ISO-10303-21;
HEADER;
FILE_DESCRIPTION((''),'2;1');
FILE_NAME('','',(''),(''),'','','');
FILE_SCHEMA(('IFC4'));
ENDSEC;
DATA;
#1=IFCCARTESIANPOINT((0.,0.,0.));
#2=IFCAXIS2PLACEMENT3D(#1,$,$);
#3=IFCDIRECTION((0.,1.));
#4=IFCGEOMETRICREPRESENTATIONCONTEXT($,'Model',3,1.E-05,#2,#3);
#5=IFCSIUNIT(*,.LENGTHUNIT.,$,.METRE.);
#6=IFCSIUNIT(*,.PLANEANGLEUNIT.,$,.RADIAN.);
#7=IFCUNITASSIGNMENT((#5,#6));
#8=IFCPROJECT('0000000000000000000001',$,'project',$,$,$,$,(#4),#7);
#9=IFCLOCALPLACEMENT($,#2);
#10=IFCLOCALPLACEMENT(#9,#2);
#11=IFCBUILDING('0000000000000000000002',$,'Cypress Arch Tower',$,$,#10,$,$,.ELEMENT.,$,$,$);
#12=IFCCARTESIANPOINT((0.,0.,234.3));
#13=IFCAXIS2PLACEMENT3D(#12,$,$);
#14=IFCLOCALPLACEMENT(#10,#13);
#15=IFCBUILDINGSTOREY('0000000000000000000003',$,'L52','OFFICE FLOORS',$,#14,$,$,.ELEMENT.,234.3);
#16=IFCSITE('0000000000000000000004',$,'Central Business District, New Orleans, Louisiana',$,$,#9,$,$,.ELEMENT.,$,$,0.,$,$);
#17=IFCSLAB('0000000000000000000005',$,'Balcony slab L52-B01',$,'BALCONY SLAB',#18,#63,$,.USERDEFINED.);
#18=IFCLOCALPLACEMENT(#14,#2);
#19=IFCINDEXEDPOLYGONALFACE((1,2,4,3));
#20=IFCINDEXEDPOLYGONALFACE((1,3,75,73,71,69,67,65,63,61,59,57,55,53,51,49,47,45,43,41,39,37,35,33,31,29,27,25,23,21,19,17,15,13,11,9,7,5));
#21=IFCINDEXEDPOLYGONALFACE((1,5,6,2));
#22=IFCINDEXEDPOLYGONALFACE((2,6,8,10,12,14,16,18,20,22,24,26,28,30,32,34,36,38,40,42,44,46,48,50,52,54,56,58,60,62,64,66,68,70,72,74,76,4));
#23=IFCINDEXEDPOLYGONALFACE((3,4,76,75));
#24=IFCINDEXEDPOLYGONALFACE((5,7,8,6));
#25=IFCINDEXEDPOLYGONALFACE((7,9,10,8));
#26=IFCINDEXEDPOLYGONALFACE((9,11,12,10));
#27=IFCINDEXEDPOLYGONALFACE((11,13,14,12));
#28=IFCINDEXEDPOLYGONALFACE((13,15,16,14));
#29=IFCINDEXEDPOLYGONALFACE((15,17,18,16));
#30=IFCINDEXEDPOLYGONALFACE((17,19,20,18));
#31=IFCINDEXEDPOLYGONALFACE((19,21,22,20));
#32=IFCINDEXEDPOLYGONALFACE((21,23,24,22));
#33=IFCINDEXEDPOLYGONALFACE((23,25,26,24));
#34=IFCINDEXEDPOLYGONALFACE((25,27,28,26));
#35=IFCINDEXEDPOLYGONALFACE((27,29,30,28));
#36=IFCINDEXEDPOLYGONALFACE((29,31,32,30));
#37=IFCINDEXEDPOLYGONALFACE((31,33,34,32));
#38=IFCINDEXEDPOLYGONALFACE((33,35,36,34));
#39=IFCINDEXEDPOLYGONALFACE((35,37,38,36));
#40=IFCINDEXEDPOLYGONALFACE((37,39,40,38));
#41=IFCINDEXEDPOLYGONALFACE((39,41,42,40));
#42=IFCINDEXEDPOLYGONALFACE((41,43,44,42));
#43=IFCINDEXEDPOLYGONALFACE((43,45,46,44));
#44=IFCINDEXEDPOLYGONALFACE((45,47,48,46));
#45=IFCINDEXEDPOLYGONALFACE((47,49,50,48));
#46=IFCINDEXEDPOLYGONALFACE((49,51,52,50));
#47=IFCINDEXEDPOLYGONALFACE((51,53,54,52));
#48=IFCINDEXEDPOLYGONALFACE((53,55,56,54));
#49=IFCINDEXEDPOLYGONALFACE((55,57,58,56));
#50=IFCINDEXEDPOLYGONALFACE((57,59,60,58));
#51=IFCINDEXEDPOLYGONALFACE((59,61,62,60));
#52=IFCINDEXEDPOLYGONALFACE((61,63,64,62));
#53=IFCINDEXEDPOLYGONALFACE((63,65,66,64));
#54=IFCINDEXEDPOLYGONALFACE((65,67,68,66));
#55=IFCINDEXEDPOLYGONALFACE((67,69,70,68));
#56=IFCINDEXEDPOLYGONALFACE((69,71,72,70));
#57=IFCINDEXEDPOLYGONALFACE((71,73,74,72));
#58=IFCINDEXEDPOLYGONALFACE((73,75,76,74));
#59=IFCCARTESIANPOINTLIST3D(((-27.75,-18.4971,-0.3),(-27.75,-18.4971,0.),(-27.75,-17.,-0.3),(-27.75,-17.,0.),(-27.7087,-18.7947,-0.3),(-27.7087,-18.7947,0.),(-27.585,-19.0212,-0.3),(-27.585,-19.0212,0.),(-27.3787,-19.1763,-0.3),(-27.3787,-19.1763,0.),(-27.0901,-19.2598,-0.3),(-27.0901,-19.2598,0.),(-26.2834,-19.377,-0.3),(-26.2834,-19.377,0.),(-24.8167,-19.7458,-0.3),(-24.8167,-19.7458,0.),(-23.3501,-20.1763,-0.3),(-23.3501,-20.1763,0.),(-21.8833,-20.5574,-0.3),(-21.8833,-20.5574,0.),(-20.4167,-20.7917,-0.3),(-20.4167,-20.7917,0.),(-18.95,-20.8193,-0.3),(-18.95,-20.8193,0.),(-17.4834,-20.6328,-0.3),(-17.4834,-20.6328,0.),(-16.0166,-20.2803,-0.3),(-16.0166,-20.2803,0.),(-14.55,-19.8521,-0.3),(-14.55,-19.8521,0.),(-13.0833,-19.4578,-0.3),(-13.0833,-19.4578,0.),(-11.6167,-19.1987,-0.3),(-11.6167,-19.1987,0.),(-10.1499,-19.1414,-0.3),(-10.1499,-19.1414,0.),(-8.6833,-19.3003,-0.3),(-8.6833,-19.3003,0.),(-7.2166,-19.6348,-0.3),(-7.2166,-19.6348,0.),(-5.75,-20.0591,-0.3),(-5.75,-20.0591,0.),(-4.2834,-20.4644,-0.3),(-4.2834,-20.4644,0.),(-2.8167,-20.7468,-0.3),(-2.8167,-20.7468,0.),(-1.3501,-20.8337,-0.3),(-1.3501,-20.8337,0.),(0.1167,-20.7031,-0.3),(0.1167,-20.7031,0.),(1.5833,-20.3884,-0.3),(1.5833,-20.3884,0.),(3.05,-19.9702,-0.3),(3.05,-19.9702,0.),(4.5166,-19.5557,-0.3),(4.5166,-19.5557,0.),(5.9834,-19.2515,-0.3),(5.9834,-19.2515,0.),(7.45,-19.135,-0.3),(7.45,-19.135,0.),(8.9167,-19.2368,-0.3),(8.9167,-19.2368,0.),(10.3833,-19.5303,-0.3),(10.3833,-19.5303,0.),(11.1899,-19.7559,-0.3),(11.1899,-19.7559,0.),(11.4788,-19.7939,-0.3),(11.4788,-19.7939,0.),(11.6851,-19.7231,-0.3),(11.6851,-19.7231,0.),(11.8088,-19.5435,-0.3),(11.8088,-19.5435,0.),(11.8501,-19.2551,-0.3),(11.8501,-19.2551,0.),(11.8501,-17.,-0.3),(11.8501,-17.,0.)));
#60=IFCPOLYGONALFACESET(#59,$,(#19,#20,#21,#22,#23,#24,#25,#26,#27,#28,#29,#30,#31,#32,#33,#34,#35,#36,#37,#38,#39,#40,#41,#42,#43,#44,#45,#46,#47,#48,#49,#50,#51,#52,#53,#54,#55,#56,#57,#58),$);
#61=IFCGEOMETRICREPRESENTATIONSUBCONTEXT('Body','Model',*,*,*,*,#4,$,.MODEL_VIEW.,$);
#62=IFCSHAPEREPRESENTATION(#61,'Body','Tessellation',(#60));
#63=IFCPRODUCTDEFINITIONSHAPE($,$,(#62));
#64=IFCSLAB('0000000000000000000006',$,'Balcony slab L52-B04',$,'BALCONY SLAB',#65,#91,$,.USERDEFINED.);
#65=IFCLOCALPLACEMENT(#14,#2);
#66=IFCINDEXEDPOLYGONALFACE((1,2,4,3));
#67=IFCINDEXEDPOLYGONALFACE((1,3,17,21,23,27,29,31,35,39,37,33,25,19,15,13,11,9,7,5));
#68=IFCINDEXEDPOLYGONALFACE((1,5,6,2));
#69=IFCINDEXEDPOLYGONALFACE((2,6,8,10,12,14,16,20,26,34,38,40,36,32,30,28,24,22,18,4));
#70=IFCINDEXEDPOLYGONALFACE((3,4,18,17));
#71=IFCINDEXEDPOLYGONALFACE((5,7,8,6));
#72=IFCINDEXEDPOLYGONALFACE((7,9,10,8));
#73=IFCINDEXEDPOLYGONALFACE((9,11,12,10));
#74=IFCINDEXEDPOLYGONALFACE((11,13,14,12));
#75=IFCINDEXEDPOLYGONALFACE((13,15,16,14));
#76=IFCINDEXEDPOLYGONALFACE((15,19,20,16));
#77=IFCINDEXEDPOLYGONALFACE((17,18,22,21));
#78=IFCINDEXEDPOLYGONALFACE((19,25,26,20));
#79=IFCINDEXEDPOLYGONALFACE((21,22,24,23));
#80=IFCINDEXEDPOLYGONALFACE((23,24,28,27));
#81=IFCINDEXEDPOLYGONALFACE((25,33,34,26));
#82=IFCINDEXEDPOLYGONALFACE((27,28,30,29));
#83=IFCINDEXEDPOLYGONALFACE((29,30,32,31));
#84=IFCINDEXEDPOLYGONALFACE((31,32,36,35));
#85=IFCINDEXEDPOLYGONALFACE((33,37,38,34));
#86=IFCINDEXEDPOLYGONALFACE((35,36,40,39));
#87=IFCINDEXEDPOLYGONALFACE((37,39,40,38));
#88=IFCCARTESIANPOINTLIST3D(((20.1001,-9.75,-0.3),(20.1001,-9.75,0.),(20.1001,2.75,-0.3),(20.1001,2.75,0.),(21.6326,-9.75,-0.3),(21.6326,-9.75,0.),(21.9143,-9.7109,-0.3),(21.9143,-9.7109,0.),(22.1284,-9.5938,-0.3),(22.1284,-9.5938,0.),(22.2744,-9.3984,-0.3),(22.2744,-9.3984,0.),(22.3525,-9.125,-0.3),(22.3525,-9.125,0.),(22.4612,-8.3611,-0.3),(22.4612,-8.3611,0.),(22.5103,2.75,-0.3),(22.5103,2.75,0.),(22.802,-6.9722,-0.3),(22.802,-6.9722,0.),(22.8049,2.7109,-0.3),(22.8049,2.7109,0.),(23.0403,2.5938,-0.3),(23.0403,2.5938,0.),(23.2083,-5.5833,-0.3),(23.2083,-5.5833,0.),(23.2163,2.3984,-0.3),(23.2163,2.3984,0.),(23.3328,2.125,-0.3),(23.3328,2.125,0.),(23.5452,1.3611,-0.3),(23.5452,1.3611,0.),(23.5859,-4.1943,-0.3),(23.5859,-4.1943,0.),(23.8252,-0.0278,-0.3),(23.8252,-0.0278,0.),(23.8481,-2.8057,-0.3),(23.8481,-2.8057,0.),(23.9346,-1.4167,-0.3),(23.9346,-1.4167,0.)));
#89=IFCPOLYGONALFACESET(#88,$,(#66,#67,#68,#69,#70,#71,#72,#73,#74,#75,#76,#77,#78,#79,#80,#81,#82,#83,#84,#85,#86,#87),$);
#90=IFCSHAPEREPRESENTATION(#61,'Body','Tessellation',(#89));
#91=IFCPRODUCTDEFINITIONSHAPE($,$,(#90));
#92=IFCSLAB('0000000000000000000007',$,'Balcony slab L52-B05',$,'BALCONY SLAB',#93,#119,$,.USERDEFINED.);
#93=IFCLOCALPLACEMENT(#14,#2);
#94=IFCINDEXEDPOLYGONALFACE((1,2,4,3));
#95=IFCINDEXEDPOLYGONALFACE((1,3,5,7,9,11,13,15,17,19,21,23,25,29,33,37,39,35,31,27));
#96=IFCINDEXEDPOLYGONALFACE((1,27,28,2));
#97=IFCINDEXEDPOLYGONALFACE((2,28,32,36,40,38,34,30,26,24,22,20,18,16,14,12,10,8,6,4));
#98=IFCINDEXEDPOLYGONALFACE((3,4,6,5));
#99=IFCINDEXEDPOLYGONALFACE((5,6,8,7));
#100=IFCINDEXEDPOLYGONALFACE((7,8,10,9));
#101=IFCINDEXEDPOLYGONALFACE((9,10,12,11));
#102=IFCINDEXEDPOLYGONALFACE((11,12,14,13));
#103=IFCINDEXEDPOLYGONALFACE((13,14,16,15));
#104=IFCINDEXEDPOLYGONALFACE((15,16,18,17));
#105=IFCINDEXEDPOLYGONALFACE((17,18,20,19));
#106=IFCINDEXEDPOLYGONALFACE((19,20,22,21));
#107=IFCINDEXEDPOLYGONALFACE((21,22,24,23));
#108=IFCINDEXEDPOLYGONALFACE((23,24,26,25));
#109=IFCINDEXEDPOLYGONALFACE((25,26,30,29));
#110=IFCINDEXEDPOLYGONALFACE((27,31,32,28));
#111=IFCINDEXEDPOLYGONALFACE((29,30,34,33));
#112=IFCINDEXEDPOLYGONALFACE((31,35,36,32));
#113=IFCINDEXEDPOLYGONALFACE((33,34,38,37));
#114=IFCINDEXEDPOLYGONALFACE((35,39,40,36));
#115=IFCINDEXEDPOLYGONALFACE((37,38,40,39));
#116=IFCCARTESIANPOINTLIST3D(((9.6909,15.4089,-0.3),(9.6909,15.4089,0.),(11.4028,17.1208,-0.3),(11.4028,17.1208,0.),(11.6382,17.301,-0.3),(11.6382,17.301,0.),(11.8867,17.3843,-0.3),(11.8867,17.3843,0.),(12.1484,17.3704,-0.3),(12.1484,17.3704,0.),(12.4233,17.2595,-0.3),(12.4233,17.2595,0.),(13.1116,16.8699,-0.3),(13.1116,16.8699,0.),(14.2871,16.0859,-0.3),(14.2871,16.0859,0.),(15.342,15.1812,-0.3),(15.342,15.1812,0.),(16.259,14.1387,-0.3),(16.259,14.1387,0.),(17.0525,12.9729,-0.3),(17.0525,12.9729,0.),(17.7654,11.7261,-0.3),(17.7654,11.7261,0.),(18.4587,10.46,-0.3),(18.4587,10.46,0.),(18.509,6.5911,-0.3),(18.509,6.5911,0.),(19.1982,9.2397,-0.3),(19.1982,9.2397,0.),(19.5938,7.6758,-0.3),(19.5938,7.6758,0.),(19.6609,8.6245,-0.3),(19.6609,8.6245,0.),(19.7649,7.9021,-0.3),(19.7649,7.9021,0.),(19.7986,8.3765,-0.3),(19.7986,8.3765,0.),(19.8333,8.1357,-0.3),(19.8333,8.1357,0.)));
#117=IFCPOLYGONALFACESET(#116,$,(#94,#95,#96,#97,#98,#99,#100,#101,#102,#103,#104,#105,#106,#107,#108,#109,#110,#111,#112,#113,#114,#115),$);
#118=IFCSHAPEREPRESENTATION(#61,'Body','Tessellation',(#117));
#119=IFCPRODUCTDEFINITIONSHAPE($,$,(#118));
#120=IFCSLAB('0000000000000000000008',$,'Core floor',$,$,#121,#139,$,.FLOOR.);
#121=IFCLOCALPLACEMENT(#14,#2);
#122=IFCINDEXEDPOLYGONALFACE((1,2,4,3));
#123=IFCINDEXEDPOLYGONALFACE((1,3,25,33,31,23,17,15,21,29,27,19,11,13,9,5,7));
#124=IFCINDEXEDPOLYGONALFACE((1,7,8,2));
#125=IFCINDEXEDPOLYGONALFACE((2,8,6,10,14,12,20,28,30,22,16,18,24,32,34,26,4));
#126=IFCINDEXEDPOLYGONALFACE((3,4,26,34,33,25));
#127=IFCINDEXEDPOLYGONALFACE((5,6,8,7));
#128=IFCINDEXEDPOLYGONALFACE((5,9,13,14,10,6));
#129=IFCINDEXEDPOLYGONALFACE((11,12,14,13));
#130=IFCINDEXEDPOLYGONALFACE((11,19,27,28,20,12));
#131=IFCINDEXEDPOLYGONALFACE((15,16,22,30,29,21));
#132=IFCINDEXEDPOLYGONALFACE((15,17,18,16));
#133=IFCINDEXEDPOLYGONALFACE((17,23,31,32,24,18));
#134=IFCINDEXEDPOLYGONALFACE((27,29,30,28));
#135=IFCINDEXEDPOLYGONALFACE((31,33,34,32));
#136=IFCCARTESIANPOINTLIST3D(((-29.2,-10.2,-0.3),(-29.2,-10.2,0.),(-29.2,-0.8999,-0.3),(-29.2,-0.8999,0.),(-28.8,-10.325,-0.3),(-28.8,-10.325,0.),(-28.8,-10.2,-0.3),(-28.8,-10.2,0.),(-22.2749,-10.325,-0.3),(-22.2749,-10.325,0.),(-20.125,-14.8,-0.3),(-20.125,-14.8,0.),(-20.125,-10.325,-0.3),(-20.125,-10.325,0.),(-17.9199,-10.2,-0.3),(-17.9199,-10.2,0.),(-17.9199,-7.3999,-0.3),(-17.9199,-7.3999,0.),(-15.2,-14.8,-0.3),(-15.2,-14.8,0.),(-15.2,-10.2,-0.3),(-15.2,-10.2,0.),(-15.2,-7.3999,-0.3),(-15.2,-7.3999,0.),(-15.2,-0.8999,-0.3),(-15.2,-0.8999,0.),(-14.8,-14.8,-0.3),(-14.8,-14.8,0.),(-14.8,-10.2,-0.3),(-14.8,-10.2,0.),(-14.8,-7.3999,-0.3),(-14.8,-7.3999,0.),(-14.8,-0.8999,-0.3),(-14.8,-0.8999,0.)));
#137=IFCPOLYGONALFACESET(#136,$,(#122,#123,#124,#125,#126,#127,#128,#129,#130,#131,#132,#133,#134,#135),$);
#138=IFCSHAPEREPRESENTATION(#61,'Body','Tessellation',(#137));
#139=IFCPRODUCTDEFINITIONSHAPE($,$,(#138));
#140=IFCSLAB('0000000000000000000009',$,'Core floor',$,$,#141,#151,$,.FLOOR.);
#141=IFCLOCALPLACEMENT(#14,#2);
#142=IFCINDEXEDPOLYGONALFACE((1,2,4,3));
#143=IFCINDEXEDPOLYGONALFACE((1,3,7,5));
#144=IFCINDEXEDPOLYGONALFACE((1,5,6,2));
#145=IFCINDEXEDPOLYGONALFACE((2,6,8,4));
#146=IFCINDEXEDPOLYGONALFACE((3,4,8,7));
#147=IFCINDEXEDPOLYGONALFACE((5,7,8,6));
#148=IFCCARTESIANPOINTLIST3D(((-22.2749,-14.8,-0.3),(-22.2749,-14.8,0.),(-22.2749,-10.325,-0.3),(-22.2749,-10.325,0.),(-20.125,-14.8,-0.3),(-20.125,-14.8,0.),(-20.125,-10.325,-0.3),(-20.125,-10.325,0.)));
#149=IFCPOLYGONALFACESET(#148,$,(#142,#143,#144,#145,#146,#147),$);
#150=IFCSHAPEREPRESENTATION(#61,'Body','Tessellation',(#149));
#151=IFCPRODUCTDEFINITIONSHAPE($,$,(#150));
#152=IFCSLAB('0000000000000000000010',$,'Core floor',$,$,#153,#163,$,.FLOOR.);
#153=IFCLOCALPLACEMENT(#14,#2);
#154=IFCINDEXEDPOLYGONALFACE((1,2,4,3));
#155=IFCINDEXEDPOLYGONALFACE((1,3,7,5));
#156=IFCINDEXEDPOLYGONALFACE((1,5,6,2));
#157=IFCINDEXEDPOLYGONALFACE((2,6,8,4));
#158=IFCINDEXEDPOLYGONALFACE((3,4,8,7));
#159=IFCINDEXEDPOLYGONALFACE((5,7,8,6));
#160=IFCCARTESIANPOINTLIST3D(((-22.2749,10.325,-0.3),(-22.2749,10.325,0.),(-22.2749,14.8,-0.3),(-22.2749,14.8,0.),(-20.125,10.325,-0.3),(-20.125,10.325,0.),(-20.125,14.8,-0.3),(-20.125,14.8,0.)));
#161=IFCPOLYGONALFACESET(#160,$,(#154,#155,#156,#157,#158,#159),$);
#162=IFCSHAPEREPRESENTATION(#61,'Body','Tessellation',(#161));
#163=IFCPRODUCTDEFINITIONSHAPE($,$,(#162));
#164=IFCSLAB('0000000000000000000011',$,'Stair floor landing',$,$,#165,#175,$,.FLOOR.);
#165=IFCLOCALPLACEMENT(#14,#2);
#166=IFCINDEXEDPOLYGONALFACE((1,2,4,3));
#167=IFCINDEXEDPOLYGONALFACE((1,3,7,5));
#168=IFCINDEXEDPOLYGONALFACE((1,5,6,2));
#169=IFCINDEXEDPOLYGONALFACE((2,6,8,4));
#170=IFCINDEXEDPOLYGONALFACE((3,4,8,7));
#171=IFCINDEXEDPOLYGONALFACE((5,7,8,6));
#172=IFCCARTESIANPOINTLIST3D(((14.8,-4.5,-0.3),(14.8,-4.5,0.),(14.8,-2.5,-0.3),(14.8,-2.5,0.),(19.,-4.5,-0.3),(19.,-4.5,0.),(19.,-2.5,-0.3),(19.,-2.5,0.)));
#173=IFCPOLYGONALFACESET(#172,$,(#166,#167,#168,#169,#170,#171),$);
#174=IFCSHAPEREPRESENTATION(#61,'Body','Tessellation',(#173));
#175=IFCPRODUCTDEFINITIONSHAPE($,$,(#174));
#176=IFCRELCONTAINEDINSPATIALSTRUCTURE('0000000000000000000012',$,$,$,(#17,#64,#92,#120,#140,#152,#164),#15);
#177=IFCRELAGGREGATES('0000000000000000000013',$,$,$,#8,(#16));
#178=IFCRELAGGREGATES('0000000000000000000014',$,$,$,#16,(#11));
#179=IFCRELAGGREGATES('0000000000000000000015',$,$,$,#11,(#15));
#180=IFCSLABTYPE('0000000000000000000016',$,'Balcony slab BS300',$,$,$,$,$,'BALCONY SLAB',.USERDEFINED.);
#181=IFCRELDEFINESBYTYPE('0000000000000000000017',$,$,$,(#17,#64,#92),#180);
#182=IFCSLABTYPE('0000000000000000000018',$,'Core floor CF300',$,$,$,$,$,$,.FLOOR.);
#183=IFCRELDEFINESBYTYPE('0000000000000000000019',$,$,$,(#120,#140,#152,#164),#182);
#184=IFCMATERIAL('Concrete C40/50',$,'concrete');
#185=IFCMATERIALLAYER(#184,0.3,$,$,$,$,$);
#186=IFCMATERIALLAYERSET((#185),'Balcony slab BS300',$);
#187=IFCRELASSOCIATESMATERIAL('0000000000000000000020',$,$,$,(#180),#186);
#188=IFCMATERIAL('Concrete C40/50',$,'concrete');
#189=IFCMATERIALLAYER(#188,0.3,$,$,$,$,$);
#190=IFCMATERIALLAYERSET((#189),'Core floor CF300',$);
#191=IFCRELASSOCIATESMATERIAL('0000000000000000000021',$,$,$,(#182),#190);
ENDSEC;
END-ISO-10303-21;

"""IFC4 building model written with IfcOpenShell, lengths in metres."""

from ifc_helpers import new_model, si_unit, direction, frame, origin, place, context, subcontext, project, spatial, polyline, outline, extrude, material, layer, layer_set, type_object, element, save


model = new_model("IFC4")

# Units and contexts
model_context = context("Model", 3, precision=1e-05, world=origin(), true_north=direction((0.0, 1.0)))
body_context = subcontext(model_context, "Body", "Model", "MODEL_VIEW")
ifc_project = project(units=[si_unit("LENGTHUNIT", "METRE"), si_unit("PLANEANGLEUNIT", "RADIAN")], contexts=[model_context])

# Site, building, storey
site_placement = place(None, origin())
site = spatial("IfcSite", under=ifc_project, at=site_placement, Name="Central Business District, New Orleans, Louisiana", CompositionType="ELEMENT", RefElevation=0.0)
building_placement = place(site_placement, origin())
building = spatial("IfcBuilding", under=site, at=building_placement, Name="Cypress Arch Tower", CompositionType="ELEMENT")
storey_placement = place(building_placement, frame((0.0, 0.0, 234.3)))
storey = spatial("IfcBuildingStorey", under=building, at=storey_placement, Name="L52", Description="OFFICE FLOORS", CompositionType="ELEMENT", Elevation=234.3)

# Slabs
ifc_material_1 = material(Name="Concrete C40/50", Category="concrete")
ifc_layer_1 = layer(ifc_material_1, 0.3)
ifc_layer_set_1 = layer_set([ifc_layer_1], Name="Balcony slab BS300")
slab_type_1 = type_object("IfcSlabType", Name="Balcony slab BS300", ElementType="BALCONY SLAB", PredefinedType="USERDEFINED", material=ifc_layer_set_1)
slab_1_placement = place(storey_placement, frame((0.0, 0.0, -0.3)))
element("IfcSlab", 1, at=slab_1_placement, inside=storey, type_object=slab_type_1, Name="Balcony slab L52-B01", ObjectType="BALCONY SLAB", PredefinedType="USERDEFINED", context=body_context, shape_type="SweptSolid", body=[
    extrude(outline(polyline([(-27.75, -17.0), (-27.75, -18.4971), (-27.7087, -18.7947), (-27.585, -19.0212), (-27.3787, -19.1763), (-27.0901, -19.2598), (-26.2834, -19.377), (-24.8167, -19.7458), (-23.3501, -20.1763), (-21.8833, -20.5574), (-20.4167, -20.7917), (-18.95, -20.8193), (-17.4834, -20.6328), (-16.0166, -20.2803), (-14.55, -19.8521), (-13.0833, -19.4578), (-11.6167, -19.1987), (-10.1499, -19.1414), (-8.6833, -19.3003), (-7.2166, -19.6348), (-5.75, -20.0591), (-4.2834, -20.4644), (-2.8167, -20.7468), (-1.3501, -20.8337), (0.1167, -20.7031), (1.5833, -20.3884), (3.05, -19.9702), (4.5166, -19.5557), (5.9834, -19.2515), (7.45, -19.135), (8.9167, -19.2368), (10.3833, -19.5303), (11.1899, -19.7559), (11.4788, -19.7939), (11.6851, -19.7231), (11.8088, -19.5435), (11.8501, -19.2551), (11.8501, -17.0), (-27.75, -17.0)])), origin(), (0.0, 0.0, 1.0), 0.3),
])
slab_2_placement = place(storey_placement, frame((0.0, 0.0, -0.3)))
element("IfcSlab", 2, at=slab_2_placement, inside=storey, type_object=slab_type_1, Name="Balcony slab L52-B04", ObjectType="BALCONY SLAB", PredefinedType="USERDEFINED", context=body_context, shape_type="SweptSolid", body=[
    extrude(outline(polyline([(20.1001, -9.75), (21.6326, -9.75), (21.9143, -9.7109), (22.1284, -9.5938), (22.2744, -9.3984), (22.3525, -9.125), (22.4612, -8.3611), (22.802, -6.9722), (23.2083, -5.5833), (23.5859, -4.1943), (23.8481, -2.8057), (23.9346, -1.4167), (23.8252, -0.0278), (23.5452, 1.3611), (23.3328, 2.125), (23.2163, 2.3984), (23.0403, 2.5938), (22.8049, 2.7109), (22.5103, 2.75), (20.1001, 2.75), (20.1001, -9.75)])), origin(), (0.0, 0.0, 1.0), 0.3),
])
slab_3_placement = place(storey_placement, frame((0.0, 0.0, -0.3)))
element("IfcSlab", 3, at=slab_3_placement, inside=storey, type_object=slab_type_1, Name="Balcony slab L52-B05", ObjectType="BALCONY SLAB", PredefinedType="USERDEFINED", context=body_context, shape_type="SweptSolid", body=[
    extrude(outline(polyline([(18.509, 6.5911), (19.5938, 7.6758), (19.7649, 7.9021), (19.8333, 8.1357), (19.7986, 8.3765), (19.6609, 8.6245), (19.1982, 9.2397), (18.4587, 10.46), (17.7654, 11.7261), (17.0525, 12.9729), (16.259, 14.1387), (15.342, 15.1812), (14.2871, 16.0859), (13.1116, 16.8699), (12.4233, 17.2595), (12.1484, 17.3704), (11.8867, 17.3843), (11.6382, 17.301), (11.4028, 17.1208), (9.6909, 15.4089), (18.509, 6.5911)])), origin(), (0.0, 0.0, 1.0), 0.3),
])
ifc_material_2 = material(Name="Concrete C40/50", Category="concrete")
ifc_layer_2 = layer(ifc_material_2, 0.3)
ifc_layer_set_2 = layer_set([ifc_layer_2], Name="Core floor CF300")
slab_type_2 = type_object("IfcSlabType", Name="Core floor CF300", PredefinedType="FLOOR", material=ifc_layer_set_2)
slab_4_placement = place(storey_placement, frame((0.0, 0.0, -0.3)))
element("IfcSlab", 4, at=slab_4_placement, inside=storey, type_object=slab_type_2, Name="Core floor", PredefinedType="FLOOR", context=body_context, shape_type="SweptSolid", body=[
    extrude(outline(polyline([(-28.8, -10.2), (-29.2, -10.2), (-29.2, -0.8999), (-15.2, -0.8999), (-14.8, -0.8999), (-14.8, -7.3999), (-15.2, -7.3999), (-17.9199, -7.3999), (-17.9199, -10.2), (-15.2, -10.2), (-14.8, -10.2), (-14.8, -14.8), (-15.2, -14.8), (-20.125, -14.8), (-20.125, -10.325), (-22.2749, -10.325), (-28.8, -10.325), (-28.8, -10.2)])), origin(), (0.0, 0.0, 1.0), 0.3),
])
slab_5_placement = place(storey_placement, frame((0.0, 0.0, -0.3)))
element("IfcSlab", 5, at=slab_5_placement, inside=storey, type_object=slab_type_2, Name="Core floor", PredefinedType="FLOOR", context=body_context, shape_type="SweptSolid", body=[
    extrude(outline(polyline([(-22.2749, -10.325), (-22.2749, -14.8), (-20.125, -14.8), (-20.125, -10.325), (-22.2749, -10.325)])), origin(), (0.0, 0.0, 1.0), 0.3),
])
slab_6_placement = place(storey_placement, frame((0.0, 0.0, -0.3)))
element("IfcSlab", 6, at=slab_6_placement, inside=storey, type_object=slab_type_2, Name="Core floor", PredefinedType="FLOOR", context=body_context, shape_type="SweptSolid", body=[
    extrude(outline(polyline([(-20.125, 14.8), (-22.2749, 14.8), (-22.2749, 10.325), (-20.125, 10.325), (-20.125, 14.8)])), origin(), (0.0, 0.0, 1.0), 0.3),
])
slab_7_placement = place(storey_placement, frame((0.0, 0.0, -0.3)))
element("IfcSlab", 7, at=slab_7_placement, inside=storey, type_object=slab_type_2, Name="Stair floor landing", PredefinedType="FLOOR", context=body_context, shape_type="SweptSolid", body=[
    extrude(outline(polyline([(19.0, -4.5), (19.0, -2.5), (14.8, -2.5), (14.8, -4.5), (19.0, -4.5)])), origin(), (0.0, 0.0, 1.0), 0.3),
])

save(model, "model.ifc")
